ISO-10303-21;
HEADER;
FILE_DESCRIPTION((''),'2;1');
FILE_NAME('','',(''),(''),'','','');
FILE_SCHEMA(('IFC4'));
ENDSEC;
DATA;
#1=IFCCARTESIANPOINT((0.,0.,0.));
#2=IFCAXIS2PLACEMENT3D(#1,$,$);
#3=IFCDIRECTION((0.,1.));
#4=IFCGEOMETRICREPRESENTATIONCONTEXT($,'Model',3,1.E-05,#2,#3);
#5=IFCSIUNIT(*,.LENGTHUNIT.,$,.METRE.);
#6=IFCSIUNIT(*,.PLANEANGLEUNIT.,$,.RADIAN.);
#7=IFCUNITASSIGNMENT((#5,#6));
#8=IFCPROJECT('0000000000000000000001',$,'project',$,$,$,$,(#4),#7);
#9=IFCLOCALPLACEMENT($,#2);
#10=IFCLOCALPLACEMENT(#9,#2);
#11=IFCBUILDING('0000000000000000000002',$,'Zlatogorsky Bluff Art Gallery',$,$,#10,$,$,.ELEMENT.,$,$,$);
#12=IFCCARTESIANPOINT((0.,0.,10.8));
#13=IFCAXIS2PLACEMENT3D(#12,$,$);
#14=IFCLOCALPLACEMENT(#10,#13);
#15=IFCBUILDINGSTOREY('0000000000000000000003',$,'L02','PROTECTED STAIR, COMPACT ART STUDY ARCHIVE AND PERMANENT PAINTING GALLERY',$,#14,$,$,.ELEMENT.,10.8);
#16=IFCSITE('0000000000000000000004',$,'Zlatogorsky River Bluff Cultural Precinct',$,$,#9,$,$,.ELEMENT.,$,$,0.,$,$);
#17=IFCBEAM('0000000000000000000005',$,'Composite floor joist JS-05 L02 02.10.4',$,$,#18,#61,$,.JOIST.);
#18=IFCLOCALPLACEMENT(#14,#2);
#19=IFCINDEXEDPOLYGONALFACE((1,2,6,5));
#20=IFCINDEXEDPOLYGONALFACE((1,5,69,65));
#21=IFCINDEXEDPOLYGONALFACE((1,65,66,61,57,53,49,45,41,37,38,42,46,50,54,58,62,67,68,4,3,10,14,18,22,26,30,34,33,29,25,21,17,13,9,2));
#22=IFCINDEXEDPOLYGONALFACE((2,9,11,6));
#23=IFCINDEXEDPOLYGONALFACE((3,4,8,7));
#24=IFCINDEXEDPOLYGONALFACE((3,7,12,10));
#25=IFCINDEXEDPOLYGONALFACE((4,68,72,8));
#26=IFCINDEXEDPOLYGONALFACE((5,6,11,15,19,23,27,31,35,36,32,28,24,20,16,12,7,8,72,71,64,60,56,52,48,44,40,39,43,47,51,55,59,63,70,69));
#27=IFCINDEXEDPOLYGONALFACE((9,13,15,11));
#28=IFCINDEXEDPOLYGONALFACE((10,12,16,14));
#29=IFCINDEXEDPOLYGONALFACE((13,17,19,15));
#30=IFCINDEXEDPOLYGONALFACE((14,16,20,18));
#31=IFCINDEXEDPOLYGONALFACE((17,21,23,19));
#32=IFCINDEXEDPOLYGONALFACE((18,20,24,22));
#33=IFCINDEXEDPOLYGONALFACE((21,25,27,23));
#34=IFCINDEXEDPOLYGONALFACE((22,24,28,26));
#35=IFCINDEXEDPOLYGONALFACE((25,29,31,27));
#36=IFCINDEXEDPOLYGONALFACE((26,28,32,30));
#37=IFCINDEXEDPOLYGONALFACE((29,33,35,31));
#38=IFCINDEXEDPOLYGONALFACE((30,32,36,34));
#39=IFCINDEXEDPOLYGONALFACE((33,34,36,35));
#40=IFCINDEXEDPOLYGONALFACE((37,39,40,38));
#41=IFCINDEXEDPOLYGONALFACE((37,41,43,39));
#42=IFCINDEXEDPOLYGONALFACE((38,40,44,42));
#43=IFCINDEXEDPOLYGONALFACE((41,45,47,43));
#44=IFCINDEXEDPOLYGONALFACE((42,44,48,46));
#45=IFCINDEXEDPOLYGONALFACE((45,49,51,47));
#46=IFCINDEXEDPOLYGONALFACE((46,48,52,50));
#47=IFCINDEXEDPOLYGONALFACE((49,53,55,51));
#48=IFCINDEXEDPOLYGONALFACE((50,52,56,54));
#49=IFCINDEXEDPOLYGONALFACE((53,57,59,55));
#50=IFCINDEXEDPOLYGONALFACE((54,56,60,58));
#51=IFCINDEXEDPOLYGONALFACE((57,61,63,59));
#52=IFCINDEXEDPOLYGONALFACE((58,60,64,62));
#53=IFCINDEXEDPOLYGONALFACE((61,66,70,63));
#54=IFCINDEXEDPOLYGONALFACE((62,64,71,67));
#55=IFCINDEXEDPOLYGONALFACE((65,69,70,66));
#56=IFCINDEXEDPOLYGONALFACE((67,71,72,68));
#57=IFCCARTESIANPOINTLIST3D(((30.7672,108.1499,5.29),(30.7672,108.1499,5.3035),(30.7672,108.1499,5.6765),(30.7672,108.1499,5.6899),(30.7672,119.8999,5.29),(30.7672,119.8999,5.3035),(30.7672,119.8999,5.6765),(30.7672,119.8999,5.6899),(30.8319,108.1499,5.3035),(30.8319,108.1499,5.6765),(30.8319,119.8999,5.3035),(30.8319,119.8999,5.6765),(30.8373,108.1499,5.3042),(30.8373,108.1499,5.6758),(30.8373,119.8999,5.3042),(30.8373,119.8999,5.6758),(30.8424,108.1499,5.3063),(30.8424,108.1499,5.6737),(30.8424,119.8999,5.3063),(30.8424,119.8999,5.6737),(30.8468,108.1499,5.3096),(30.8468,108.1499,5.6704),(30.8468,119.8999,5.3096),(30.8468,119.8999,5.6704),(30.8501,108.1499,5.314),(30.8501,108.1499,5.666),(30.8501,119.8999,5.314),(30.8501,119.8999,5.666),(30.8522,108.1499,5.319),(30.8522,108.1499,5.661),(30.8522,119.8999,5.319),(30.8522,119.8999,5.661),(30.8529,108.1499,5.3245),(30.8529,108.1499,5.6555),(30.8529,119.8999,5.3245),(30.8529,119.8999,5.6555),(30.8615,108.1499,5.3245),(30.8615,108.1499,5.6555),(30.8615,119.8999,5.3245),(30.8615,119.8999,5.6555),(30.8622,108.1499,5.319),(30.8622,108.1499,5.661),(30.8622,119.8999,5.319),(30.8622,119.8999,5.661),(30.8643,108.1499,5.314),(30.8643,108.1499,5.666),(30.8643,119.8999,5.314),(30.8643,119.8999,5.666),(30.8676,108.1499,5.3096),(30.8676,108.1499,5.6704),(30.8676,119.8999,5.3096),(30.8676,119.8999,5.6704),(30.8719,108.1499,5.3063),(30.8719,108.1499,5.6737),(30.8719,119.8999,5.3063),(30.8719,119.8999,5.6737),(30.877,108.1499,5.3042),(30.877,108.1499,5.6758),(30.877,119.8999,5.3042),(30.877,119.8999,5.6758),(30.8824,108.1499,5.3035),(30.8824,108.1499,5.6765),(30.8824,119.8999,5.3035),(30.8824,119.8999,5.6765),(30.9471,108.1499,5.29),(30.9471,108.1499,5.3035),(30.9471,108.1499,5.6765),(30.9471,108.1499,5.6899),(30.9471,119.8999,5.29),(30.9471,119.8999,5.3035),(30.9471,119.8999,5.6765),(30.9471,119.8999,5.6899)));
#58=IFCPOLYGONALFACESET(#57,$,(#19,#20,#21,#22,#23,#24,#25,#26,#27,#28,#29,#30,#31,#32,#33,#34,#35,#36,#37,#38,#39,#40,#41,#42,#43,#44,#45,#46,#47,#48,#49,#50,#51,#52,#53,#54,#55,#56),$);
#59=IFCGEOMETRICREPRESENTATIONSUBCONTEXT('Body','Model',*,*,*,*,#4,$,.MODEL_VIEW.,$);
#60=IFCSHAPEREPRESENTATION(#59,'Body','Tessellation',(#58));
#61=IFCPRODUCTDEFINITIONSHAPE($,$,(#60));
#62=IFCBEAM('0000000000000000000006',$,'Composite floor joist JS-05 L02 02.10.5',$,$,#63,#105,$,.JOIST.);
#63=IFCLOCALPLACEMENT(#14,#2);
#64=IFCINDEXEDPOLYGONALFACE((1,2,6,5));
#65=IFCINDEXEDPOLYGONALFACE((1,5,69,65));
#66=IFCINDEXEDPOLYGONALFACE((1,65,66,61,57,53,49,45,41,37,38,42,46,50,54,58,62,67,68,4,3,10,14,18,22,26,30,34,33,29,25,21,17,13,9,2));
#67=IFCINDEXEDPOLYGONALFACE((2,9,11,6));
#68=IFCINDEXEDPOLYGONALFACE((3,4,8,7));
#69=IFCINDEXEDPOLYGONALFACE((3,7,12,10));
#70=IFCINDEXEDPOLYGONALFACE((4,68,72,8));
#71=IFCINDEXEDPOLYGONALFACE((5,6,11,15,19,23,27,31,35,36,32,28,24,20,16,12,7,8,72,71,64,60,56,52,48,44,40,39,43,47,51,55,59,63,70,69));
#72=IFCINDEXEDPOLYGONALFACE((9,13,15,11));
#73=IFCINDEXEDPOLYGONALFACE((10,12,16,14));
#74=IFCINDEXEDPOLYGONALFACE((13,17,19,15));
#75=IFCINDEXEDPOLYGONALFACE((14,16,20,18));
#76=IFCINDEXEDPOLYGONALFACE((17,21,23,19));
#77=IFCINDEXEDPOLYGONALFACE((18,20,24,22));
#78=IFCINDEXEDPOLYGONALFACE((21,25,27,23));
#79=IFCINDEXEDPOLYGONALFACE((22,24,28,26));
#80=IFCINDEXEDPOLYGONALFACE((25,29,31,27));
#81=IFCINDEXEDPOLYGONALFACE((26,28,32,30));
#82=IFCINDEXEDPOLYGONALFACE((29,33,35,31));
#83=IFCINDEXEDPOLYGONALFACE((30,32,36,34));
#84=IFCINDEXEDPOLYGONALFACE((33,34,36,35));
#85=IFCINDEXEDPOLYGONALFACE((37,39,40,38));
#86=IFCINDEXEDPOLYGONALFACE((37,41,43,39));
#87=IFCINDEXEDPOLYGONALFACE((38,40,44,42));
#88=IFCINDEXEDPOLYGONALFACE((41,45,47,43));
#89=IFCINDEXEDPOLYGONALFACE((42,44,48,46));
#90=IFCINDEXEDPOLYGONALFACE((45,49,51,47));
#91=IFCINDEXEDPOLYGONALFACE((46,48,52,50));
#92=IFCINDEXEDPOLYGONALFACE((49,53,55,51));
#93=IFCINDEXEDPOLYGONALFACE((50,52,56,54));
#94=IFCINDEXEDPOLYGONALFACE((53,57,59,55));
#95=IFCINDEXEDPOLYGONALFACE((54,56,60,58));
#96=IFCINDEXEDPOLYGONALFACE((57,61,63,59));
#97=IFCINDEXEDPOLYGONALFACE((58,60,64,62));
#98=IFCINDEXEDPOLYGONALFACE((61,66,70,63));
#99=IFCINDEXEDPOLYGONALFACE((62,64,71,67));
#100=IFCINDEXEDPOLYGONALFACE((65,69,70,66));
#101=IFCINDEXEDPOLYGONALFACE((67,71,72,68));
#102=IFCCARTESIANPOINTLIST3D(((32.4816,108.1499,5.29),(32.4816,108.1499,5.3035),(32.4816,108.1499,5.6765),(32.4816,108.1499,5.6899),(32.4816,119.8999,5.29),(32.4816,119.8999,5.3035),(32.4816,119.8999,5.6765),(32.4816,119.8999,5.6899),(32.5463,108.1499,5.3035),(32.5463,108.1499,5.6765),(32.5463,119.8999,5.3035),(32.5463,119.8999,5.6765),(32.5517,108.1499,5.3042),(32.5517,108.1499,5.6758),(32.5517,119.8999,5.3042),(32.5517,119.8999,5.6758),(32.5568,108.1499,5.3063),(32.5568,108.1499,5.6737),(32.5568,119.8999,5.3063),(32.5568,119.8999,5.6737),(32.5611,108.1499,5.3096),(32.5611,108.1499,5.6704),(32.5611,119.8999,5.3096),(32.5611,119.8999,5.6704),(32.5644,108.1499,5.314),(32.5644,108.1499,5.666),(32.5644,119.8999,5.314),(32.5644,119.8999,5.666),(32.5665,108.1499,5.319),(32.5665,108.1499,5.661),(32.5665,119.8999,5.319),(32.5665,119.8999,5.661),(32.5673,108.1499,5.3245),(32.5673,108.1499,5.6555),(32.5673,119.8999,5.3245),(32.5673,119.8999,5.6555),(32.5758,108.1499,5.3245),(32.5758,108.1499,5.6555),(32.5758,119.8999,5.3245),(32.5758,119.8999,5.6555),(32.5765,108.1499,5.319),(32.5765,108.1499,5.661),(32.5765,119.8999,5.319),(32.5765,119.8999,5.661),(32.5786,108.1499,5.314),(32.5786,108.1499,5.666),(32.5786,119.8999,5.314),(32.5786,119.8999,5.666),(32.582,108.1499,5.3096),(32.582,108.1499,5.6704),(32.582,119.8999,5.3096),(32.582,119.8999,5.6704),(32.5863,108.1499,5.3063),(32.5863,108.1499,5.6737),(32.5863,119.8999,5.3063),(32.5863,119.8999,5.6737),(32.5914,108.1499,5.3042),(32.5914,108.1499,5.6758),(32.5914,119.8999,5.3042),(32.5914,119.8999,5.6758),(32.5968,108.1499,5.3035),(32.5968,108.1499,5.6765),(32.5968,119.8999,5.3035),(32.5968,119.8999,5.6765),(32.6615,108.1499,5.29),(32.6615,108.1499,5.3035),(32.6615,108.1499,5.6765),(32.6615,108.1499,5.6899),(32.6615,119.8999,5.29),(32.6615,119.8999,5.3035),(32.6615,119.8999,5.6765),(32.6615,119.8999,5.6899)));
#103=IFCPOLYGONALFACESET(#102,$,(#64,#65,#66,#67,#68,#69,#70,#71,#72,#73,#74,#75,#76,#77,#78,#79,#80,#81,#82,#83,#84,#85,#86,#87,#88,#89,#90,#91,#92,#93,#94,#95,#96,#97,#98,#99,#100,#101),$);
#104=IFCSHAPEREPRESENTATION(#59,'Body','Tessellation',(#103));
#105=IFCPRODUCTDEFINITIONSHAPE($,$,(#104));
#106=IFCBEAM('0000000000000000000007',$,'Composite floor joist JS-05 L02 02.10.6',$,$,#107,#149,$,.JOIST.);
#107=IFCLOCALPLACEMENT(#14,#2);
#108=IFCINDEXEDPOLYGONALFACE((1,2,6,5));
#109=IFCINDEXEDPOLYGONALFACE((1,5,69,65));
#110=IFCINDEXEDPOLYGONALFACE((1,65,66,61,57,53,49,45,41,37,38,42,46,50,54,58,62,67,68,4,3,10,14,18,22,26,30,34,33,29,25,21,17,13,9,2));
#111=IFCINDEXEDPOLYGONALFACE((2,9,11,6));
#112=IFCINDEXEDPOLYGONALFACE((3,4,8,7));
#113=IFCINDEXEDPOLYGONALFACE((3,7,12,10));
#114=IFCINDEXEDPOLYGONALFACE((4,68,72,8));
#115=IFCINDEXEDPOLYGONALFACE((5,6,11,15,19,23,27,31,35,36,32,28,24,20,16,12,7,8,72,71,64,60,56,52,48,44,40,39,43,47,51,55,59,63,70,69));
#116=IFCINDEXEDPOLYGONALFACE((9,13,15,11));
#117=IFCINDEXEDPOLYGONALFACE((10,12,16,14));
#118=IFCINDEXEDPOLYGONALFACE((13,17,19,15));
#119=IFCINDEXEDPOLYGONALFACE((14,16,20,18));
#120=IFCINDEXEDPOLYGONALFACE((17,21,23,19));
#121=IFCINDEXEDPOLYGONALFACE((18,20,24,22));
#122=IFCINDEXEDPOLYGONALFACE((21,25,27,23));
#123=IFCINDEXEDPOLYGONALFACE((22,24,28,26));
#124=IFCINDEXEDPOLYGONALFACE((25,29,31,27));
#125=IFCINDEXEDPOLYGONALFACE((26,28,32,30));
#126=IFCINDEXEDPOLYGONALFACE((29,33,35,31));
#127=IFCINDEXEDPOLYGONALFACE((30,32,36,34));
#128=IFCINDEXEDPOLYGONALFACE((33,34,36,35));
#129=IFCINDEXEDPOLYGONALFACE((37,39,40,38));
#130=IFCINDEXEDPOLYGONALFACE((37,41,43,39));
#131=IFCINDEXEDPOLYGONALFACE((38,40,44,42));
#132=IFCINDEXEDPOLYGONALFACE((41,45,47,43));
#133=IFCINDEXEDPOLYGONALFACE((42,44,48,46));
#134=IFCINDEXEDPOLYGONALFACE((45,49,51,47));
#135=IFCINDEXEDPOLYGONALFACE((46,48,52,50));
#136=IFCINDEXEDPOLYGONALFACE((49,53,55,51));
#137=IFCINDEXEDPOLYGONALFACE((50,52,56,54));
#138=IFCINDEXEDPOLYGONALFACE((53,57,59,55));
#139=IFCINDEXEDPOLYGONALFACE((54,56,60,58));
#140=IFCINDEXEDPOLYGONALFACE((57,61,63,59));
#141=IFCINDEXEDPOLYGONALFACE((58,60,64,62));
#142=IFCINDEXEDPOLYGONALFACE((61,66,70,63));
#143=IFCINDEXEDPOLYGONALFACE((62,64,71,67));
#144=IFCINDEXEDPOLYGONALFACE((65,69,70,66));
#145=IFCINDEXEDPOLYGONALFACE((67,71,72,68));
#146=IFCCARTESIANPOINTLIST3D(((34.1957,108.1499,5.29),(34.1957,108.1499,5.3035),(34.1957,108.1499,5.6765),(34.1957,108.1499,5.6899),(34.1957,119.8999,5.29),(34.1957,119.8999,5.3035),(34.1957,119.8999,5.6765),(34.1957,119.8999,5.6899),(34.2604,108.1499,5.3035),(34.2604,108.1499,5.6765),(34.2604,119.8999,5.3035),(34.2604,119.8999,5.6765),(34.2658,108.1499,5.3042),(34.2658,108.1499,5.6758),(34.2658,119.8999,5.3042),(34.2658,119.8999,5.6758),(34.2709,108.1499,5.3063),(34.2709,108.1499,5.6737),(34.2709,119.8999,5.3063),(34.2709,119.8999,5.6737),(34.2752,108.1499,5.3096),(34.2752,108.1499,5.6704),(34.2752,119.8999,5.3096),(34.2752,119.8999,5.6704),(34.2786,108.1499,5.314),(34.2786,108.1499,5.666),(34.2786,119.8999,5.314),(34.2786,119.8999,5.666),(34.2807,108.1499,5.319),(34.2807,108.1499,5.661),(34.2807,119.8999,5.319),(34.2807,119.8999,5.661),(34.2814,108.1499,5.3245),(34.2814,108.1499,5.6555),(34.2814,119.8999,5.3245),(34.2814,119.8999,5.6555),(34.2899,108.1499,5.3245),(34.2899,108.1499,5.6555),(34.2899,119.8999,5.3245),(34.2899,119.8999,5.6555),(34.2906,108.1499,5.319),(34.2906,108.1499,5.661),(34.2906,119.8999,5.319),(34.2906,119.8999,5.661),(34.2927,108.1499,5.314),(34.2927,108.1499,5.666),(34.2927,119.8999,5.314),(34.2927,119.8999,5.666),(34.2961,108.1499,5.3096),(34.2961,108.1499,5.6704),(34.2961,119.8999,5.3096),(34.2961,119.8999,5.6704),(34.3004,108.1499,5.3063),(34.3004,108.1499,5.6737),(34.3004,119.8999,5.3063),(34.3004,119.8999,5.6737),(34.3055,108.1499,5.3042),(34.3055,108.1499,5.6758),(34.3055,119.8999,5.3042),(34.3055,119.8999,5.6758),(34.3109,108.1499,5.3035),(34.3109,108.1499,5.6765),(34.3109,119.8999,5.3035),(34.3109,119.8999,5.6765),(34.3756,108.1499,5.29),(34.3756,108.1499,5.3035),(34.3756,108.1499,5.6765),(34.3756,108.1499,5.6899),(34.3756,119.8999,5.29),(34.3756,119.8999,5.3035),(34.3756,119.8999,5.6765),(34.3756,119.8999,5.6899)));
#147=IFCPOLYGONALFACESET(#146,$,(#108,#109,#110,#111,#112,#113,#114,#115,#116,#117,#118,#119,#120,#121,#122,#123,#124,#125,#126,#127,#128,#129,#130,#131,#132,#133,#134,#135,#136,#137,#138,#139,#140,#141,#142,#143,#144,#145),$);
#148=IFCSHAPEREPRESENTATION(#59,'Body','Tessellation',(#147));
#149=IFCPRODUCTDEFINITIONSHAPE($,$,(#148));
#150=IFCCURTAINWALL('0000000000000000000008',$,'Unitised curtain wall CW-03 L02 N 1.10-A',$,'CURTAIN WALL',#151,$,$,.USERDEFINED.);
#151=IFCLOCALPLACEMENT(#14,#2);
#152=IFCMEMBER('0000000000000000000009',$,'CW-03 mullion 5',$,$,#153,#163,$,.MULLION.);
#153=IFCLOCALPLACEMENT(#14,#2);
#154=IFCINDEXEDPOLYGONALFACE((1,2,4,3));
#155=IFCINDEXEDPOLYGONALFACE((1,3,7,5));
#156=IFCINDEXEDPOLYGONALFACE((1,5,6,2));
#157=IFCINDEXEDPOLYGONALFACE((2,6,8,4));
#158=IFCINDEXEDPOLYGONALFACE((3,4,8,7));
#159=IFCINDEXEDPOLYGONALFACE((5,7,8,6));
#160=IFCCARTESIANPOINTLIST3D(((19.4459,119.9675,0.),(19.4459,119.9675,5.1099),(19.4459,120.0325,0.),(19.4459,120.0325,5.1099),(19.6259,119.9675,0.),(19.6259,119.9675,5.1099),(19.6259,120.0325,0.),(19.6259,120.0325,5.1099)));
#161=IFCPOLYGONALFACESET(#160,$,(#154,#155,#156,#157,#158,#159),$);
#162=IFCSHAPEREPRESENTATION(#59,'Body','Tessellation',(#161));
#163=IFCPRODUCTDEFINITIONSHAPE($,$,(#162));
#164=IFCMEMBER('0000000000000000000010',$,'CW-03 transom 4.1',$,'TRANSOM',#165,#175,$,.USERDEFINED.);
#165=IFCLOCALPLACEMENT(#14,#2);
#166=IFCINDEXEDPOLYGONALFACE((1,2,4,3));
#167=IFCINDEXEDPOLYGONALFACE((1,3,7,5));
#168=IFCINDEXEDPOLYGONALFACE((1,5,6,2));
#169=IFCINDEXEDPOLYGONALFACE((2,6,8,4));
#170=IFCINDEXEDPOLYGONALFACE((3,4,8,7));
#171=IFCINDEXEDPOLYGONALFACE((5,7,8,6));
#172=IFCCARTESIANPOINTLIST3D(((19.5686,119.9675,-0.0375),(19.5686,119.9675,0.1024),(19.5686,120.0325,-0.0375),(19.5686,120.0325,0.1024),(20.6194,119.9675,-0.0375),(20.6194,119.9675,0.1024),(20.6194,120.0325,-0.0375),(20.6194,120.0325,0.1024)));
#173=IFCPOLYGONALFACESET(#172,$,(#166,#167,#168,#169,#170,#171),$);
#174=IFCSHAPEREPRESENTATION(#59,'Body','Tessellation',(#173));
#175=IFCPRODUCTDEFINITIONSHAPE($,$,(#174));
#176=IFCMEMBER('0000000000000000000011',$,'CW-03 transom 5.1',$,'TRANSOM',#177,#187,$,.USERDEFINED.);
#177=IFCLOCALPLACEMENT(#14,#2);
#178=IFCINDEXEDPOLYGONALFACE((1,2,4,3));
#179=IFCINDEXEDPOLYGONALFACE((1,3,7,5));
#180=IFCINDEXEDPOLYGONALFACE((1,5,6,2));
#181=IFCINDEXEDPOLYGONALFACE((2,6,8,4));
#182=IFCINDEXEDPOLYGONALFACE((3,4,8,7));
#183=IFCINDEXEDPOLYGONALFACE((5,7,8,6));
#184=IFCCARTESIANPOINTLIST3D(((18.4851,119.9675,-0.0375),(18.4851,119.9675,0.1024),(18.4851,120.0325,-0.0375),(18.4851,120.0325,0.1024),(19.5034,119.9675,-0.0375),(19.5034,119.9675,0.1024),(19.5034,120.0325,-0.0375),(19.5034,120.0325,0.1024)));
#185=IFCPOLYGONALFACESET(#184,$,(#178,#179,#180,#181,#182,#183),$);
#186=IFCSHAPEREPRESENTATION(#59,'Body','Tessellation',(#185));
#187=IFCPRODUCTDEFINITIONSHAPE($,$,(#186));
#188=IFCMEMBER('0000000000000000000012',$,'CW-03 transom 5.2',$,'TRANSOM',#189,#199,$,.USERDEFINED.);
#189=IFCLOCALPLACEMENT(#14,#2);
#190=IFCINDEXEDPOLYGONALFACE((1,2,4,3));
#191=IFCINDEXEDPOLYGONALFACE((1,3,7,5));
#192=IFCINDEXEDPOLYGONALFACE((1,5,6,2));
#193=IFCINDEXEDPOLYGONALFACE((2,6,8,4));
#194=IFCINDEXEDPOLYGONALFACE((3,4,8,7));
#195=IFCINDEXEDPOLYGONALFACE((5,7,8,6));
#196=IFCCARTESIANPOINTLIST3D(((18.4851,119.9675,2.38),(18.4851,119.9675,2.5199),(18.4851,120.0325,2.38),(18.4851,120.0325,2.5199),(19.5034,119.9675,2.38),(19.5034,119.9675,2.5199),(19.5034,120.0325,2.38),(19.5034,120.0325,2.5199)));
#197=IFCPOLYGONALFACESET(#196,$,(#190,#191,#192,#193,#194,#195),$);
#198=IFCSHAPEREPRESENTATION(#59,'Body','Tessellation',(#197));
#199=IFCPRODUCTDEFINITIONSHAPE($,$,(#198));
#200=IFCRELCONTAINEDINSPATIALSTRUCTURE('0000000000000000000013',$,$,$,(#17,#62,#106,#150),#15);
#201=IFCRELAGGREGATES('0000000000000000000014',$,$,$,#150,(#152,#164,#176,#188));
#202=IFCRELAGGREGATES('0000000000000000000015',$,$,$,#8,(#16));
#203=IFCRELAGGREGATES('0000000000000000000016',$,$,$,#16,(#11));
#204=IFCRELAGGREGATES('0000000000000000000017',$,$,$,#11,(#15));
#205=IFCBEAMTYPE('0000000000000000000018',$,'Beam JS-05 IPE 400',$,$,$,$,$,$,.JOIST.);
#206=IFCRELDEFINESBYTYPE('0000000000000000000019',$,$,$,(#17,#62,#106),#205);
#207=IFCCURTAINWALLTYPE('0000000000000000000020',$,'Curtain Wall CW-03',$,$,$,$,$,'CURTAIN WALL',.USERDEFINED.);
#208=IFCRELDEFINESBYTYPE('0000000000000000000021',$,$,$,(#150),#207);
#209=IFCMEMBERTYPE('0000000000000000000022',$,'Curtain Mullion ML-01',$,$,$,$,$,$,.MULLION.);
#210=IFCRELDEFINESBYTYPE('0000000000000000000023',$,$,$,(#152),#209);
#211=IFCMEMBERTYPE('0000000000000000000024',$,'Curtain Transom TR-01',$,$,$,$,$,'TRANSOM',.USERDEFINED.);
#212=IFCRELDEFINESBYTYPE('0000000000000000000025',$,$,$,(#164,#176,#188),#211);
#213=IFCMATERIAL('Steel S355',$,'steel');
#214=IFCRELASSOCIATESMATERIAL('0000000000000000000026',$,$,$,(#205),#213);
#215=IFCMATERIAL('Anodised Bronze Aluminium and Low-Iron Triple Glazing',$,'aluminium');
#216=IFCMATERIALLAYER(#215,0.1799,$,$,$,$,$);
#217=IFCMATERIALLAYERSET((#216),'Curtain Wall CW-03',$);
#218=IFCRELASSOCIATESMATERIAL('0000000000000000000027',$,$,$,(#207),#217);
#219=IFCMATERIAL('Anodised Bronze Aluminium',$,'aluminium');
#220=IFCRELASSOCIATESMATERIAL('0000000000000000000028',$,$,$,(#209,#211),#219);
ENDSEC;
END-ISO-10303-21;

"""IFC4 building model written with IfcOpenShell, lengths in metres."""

from ifc_helpers import new_model, si_unit, direction, frame, origin, origin_2d, place, context, subcontext, project, spatial, rectangle, i_section, extrude, material, layer, layer_set, material_profile, profile_set, type_object, element, aggregate, save


model = new_model("IFC4")

# Units and contexts
model_context = context("Model", 3, precision=1e-05, world=origin(), true_north=direction((0.0, 1.0)))
body_context = subcontext(model_context, "Body", "Model", "MODEL_VIEW")
ifc_project = project(units=[si_unit("LENGTHUNIT", "METRE"), si_unit("PLANEANGLEUNIT", "RADIAN")], contexts=[model_context])

# Site, building, storey
site_placement = place(None, origin())
site = spatial("IfcSite", under=ifc_project, at=site_placement, Name="Zlatogorsky River Bluff Cultural Precinct", CompositionType="ELEMENT", RefElevation=0.0)
building_placement = place(site_placement, origin())
building = spatial("IfcBuilding", under=site, at=building_placement, Name="Zlatogorsky Bluff Art Gallery", CompositionType="ELEMENT")
storey_placement = place(building_placement, frame((0.0, 0.0, 10.8)))
storey = spatial("IfcBuildingStorey", under=building, at=storey_placement, Name="L02", Description="PROTECTED STAIR, COMPACT ART STUDY ARCHIVE AND PERMANENT PAINTING GALLERY", CompositionType="ELEMENT", Elevation=10.8)

# Beams
ifc_material_1 = material(Name="Steel S355", Category="steel")
ifc_material_profile_1 = material_profile(ifc_material_1, i_section(OverallWidth=0.1799, OverallDepth=0.3999, WebThickness=0.0085, FlangeThickness=0.0134, FilletRadius=0.021, at=origin_2d()), Name="IPE 400")
ifc_profile_set_1 = profile_set([ifc_material_profile_1], Name="Steel S355")
beam_type_1 = type_object("IfcBeamType", Name="Beam JS-05 IPE 400", PredefinedType="JOIST", material=ifc_profile_set_1)
for number, where, z_axis, x_axis, name in (
    (1, (30.8572, 108.1499, 5.49), (0.0, 1.0, 0.0), (-1.0, 0.0, 0.0), "Composite floor joist JS-05 L02 02.10.4"),
    (2, (32.5715, 108.1499, 5.49), (0.0, 1.0, 0.0), (-1.0, 0.0, 0.0), "Composite floor joist JS-05 L02 02.10.5"),
    (3, (34.2856, 108.1499, 5.49), (0.0, 1.0, 0.0), (-1.0, 0.0, 0.0), "Composite floor joist JS-05 L02 02.10.6"),
):
    element("IfcBeam", number, at=place(storey_placement, frame(where, z_axis=z_axis, x_axis=x_axis)), inside=storey, type_object=beam_type_1, Name=name, PredefinedType="JOIST", context=body_context, shape_type="SweptSolid", body=[
        extrude(i_section(OverallWidth=0.1799, OverallDepth=0.3999, WebThickness=0.0085, FlangeThickness=0.0134, FilletRadius=0.021, at=origin_2d()), origin(), (0.0, 0.0, 1.0), 11.75),
    ])

# Curtain wall, members
ifc_material_2 = material(Name="Anodised Bronze Aluminium and Low-Iron Triple Glazing", Category="aluminium")
ifc_layer_1 = layer(ifc_material_2, 0.1799)
ifc_layer_set_1 = layer_set([ifc_layer_1], Name="Curtain Wall CW-03")
curtain_wall_type = type_object("IfcCurtainWallType", Name="Curtain Wall CW-03", ElementType="CURTAIN WALL", PredefinedType="USERDEFINED", material=ifc_layer_set_1)
curtain_wall_placement = place(storey_placement, origin())
curtain_wall = element("IfcCurtainWall", 4, at=curtain_wall_placement, inside=storey, type_object=curtain_wall_type, Name="Unitised curtain wall CW-03 L02 N 1.10-A", ObjectType="CURTAIN WALL", PredefinedType="USERDEFINED")
ifc_material_3 = material(Name="Anodised Bronze Aluminium", Category="aluminium")
ifc_material_profile_2 = material_profile(ifc_material_3, rectangle(XDim=0.0649, YDim=0.1799, at=origin_2d()), Name="ALU MULLION 65x180")
ifc_profile_set_2 = profile_set([ifc_material_profile_2], Name="Anodised Bronze Aluminium")
member_type_1 = type_object("IfcMemberType", Name="Curtain Mullion ML-01", PredefinedType="MULLION", material=ifc_profile_set_2)
member_1_placement = place(storey_placement, frame((19.5359, 120.0, 0.0), z_axis=(0.0, 0.0, 1.0), x_axis=(0.0, -1.0, 0.0)))
member_1 = element("IfcMember", 5, at=member_1_placement, type_object=member_type_1, Name="CW-03 mullion 5", PredefinedType="MULLION", context=body_context, shape_type="SweptSolid", body=[
    extrude(rectangle(XDim=0.0649, YDim=0.1799, at=origin_2d()), origin(), (0.0, 0.0, 1.0), 5.1099),
])
ifc_material_profile_3 = material_profile(ifc_material_3, rectangle(XDim=0.0649, YDim=0.1399, at=origin_2d()), Name="ALU TRANSOM 65x140")
ifc_profile_set_3 = profile_set([ifc_material_profile_3], Name="Anodised Bronze Aluminium")
member_type_2 = type_object("IfcMemberType", Name="Curtain Transom TR-01", ElementType="TRANSOM", PredefinedType="USERDEFINED", material=ifc_profile_set_3)
member_2_placement = place(storey_placement, frame((20.6194, 120.0, 0.0325), z_axis=(-1.0, 0.0, 0.0), x_axis=(0.0, -1.0, 0.0)))
member_2 = element("IfcMember", 6, at=member_2_placement, type_object=member_type_2, Name="CW-03 transom 4.1", ObjectType="TRANSOM", PredefinedType="USERDEFINED", context=body_context, shape_type="SweptSolid", body=[
    extrude(rectangle(XDim=0.0649, YDim=0.1399, at=origin_2d()), origin(), (0.0, 0.0, 1.0), 1.0508),
])
member_3_placement = place(storey_placement, frame((19.5034, 120.0, 0.0325), z_axis=(-1.0, 0.0, 0.0), x_axis=(0.0, -1.0, 0.0)))
member_3 = element("IfcMember", 7, at=member_3_placement, type_object=member_type_2, Name="CW-03 transom 5.1", ObjectType="TRANSOM", PredefinedType="USERDEFINED", context=body_context, shape_type="SweptSolid", body=[
    extrude(rectangle(XDim=0.0649, YDim=0.1399, at=origin_2d()), origin(), (0.0, 0.0, 1.0), 1.0183),
])
member_4_placement = place(storey_placement, frame((19.5034, 120.0, 2.45), z_axis=(-1.0, 0.0, 0.0), x_axis=(0.0, -1.0, 0.0)))
member_4 = element("IfcMember", 8, at=member_4_placement, type_object=member_type_2, Name="CW-03 transom 5.2", ObjectType="TRANSOM", PredefinedType="USERDEFINED", context=body_context, shape_type="SweptSolid", body=[
    extrude(rectangle(XDim=0.0649, YDim=0.1399, at=origin_2d()), origin(), (0.0, 0.0, 1.0), 1.0183),
])
aggregate(curtain_wall, [member_1, member_2, member_3, member_4])

save(model, "model.ifc")
